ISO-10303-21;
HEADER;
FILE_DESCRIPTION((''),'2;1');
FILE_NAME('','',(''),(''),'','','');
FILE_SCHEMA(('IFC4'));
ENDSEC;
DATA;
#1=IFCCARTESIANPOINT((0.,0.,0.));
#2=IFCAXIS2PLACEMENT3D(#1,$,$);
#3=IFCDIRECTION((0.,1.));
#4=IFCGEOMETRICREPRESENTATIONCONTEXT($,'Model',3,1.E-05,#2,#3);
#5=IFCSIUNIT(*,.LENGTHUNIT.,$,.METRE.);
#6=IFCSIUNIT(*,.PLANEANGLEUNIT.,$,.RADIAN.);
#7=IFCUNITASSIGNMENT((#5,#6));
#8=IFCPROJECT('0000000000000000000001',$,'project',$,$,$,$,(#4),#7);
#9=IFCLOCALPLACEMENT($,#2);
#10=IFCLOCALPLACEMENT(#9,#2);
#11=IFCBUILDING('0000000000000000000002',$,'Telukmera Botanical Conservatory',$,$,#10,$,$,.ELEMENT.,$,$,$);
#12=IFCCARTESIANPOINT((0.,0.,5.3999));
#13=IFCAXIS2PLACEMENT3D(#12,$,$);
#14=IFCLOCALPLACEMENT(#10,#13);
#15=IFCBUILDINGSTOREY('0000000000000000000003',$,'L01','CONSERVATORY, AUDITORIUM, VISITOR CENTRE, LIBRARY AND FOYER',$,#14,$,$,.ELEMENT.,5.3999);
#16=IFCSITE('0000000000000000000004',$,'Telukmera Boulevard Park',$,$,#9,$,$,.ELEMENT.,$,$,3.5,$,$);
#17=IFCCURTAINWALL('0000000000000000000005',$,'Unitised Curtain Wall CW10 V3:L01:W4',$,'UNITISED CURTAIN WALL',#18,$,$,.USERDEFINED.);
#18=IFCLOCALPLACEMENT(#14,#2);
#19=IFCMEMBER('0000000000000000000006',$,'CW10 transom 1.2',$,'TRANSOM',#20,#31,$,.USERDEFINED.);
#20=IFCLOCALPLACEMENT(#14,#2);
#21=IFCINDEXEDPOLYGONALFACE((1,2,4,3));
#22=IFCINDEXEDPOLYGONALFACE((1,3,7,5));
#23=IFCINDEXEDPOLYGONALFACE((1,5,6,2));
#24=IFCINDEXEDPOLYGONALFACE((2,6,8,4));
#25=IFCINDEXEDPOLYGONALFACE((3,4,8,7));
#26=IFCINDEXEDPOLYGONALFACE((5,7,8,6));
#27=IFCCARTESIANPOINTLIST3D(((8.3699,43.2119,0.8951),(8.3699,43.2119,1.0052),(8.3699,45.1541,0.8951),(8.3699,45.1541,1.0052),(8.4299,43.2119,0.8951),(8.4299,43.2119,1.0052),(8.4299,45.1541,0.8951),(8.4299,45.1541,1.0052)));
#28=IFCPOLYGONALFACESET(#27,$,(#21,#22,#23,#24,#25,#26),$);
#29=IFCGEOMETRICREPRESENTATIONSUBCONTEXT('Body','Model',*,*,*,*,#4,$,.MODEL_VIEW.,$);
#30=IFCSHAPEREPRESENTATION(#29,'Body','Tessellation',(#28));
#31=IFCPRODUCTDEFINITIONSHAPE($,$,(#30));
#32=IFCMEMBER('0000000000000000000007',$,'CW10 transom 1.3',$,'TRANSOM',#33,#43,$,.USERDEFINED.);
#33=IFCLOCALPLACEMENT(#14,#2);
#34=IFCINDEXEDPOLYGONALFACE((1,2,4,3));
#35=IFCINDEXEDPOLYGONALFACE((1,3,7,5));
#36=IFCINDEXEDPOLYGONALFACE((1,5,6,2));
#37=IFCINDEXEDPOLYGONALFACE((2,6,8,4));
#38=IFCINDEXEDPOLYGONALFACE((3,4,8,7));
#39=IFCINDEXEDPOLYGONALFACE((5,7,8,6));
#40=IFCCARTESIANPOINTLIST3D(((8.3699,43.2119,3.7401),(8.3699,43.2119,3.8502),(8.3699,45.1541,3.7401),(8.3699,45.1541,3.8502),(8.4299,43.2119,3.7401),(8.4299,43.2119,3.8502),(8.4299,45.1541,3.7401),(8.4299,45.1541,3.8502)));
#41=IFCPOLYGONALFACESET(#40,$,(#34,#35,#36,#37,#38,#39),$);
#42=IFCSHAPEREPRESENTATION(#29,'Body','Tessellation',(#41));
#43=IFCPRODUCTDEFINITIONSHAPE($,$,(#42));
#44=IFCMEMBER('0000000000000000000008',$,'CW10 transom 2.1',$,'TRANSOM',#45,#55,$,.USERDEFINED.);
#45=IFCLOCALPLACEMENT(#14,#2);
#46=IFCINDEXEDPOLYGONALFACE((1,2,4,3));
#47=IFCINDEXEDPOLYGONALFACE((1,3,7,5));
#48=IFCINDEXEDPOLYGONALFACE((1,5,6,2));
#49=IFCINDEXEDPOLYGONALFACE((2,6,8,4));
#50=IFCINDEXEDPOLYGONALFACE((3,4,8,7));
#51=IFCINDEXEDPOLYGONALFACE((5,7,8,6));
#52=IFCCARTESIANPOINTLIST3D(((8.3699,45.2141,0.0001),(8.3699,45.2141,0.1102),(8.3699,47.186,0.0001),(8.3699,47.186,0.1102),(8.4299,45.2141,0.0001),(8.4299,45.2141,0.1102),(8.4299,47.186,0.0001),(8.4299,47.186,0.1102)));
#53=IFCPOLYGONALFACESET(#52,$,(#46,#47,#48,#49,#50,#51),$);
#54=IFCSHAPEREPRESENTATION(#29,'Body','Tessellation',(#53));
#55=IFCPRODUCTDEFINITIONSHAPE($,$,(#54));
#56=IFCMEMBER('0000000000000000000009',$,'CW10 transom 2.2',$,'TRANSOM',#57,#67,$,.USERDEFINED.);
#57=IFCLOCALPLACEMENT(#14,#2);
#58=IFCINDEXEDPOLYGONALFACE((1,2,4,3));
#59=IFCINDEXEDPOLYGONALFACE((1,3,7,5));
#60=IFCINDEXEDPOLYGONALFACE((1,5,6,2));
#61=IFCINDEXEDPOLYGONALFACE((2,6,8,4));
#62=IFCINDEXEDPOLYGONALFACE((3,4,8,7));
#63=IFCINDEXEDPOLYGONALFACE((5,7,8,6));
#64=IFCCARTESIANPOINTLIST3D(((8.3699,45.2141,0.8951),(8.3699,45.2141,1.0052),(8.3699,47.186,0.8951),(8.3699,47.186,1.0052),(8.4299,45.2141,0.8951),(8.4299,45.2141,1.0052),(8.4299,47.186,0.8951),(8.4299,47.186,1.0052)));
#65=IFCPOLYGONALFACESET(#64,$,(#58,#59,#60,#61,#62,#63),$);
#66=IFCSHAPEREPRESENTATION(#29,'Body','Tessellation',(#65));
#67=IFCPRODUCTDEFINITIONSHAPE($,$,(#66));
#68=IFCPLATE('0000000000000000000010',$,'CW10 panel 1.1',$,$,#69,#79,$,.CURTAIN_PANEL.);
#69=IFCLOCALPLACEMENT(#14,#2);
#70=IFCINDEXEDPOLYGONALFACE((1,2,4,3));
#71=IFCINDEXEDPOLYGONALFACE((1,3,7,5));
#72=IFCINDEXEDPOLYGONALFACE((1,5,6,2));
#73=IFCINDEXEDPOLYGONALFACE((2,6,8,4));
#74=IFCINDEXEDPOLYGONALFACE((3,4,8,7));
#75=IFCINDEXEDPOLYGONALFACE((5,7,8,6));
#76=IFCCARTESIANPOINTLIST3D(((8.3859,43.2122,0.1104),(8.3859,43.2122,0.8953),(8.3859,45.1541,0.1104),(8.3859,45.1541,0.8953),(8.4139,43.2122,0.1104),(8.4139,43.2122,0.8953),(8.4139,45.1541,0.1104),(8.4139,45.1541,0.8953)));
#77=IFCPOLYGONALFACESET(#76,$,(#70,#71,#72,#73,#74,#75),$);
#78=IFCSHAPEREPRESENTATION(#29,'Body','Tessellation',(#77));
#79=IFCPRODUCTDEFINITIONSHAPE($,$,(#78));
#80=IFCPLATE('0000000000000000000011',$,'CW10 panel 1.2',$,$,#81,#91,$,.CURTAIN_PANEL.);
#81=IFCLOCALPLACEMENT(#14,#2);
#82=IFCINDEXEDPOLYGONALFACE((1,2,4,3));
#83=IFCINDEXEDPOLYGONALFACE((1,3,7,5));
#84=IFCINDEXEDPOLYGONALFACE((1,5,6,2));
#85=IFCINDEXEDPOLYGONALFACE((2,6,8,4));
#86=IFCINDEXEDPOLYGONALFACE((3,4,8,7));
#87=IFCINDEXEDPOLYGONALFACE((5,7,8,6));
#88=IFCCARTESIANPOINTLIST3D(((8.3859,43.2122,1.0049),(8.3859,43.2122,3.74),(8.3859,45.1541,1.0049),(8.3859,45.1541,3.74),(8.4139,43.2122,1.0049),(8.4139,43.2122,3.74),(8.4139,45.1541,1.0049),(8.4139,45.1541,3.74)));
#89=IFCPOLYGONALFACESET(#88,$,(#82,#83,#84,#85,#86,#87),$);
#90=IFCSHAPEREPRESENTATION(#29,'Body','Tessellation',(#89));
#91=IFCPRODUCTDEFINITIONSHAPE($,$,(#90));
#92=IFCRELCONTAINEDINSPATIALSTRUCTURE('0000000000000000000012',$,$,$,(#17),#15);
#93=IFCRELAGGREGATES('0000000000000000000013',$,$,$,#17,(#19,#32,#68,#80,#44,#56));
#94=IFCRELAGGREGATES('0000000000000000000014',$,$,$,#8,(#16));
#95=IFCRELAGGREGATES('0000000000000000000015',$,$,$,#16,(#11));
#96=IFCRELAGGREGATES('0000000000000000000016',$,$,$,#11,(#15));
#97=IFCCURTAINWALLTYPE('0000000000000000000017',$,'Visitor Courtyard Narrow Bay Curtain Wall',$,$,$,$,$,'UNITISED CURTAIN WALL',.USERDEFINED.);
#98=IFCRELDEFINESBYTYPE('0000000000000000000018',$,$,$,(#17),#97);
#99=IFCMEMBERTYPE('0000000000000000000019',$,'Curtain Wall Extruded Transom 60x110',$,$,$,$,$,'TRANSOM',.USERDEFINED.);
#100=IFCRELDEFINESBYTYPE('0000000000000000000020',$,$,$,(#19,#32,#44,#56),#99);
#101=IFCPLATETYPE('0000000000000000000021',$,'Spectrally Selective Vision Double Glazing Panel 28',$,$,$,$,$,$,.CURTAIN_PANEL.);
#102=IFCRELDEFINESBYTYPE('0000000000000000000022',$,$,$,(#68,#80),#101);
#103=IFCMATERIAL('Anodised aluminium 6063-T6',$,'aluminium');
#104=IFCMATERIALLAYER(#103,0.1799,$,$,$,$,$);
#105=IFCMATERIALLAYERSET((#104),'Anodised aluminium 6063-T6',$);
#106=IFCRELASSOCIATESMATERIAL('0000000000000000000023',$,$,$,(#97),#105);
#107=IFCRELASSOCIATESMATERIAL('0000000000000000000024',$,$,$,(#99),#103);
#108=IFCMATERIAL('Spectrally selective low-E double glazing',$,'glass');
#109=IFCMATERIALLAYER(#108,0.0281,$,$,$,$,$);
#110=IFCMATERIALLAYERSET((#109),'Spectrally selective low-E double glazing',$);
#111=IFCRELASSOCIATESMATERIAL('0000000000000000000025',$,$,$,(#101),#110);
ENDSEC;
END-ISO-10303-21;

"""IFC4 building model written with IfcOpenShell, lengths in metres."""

from ifc_helpers import new_model, si_unit, direction, frame, origin, origin_2d, place, context, subcontext, project, spatial, rectangle, extrude, material, layer, layer_set, material_profile, profile_set, type_object, element, aggregate, save


model = new_model("IFC4")

# Units and contexts
model_context = context("Model", 3, precision=1e-05, world=origin(), true_north=direction((0.0, 1.0)))
body_context = subcontext(model_context, "Body", "Model", "MODEL_VIEW")
ifc_project = project(units=[si_unit("LENGTHUNIT", "METRE"), si_unit("PLANEANGLEUNIT", "RADIAN")], contexts=[model_context])

# Site, building, storey
site_placement = place(None, origin())
site = spatial("IfcSite", under=ifc_project, at=site_placement, Name="Telukmera Boulevard Park", CompositionType="ELEMENT", RefElevation=3.5)
building_placement = place(site_placement, origin())
building = spatial("IfcBuilding", under=site, at=building_placement, Name="Telukmera Botanical Conservatory", CompositionType="ELEMENT")
storey_placement = place(building_placement, frame((0.0, 0.0, 5.3999)))
storey = spatial("IfcBuildingStorey", under=building, at=storey_placement, Name="L01", Description="CONSERVATORY, AUDITORIUM, VISITOR CENTRE, LIBRARY AND FOYER", CompositionType="ELEMENT", Elevation=5.3999)

# Curtain wall
ifc_material_1 = material(Name="Anodised aluminium 6063-T6", Category="aluminium")
ifc_layer_1 = layer(ifc_material_1, 0.1799)
ifc_layer_set_1 = layer_set([ifc_layer_1], Name="Anodised aluminium 6063-T6")
curtain_wall_type_1 = type_object("IfcCurtainWallType", Name="Visitor Courtyard Narrow Bay Curtain Wall", ElementType="UNITISED CURTAIN WALL", PredefinedType="USERDEFINED", material=ifc_layer_set_1)
curtain_wall_1_placement = place(storey_placement, origin())
curtain_wall_1 = element("IfcCurtainWall", 1, at=curtain_wall_1_placement, inside=storey, type_object=curtain_wall_type_1, Name="Unitised Curtain Wall CW10 V3:L01:W4", ObjectType="UNITISED CURTAIN WALL", PredefinedType="USERDEFINED")

# Members
ifc_material_profile_1 = material_profile(ifc_material_1, rectangle(XDim=0.0601, YDim=0.1101, at=origin_2d()), Name="ALU TRAN 60x110")
ifc_profile_set_1 = profile_set([ifc_material_profile_1], Name="Anodised aluminium 6063-T6")
member_type_1 = type_object("IfcMemberType", Name="Curtain Wall Extruded Transom 60x110", ElementType="TRANSOM", PredefinedType="USERDEFINED", material=ifc_profile_set_1)
member_1_placement = place(storey_placement, frame((8.3999, 43.2119, 0.9502), z_axis=(0.0, 1.0, 0.0), x_axis=(-1.0, 0.0, 0.0)))
member_1 = element("IfcMember", 2, at=member_1_placement, type_object=member_type_1, Name="CW10 transom 1.2", ObjectType="TRANSOM", PredefinedType="USERDEFINED", context=body_context, shape_type="SweptSolid", body=[
    extrude(rectangle(XDim=0.0601, YDim=0.1101, at=origin_2d()), origin(), (0.0, 0.0, 1.0), 1.9421),
])
member_2_placement = place(storey_placement, frame((8.3999, 43.2119, 3.7952), z_axis=(0.0, 1.0, 0.0), x_axis=(-1.0, 0.0, 0.0)))
member_2 = element("IfcMember", 3, at=member_2_placement, type_object=member_type_1, Name="CW10 transom 1.3", ObjectType="TRANSOM", PredefinedType="USERDEFINED", context=body_context, shape_type="SweptSolid", body=[
    extrude(rectangle(XDim=0.0601, YDim=0.1101, at=origin_2d()), origin(), (0.0, 0.0, 1.0), 1.9421),
])
member_3_placement = place(storey_placement, frame((8.3999, 45.2141, 0.0552), z_axis=(0.0, 1.0, 0.0), x_axis=(-1.0, 0.0, 0.0)))
member_3 = element("IfcMember", 4, at=member_3_placement, type_object=member_type_1, Name="CW10 transom 2.1", ObjectType="TRANSOM", PredefinedType="USERDEFINED", context=body_context, shape_type="SweptSolid", body=[
    extrude(rectangle(XDim=0.0601, YDim=0.1101, at=origin_2d()), origin(), (0.0, 0.0, 1.0), 1.9719),
])
member_4_placement = place(storey_placement, frame((8.3999, 45.2141, 0.9502), z_axis=(0.0, 1.0, 0.0), x_axis=(-1.0, 0.0, 0.0)))
member_4 = element("IfcMember", 5, at=member_4_placement, type_object=member_type_1, Name="CW10 transom 2.2", ObjectType="TRANSOM", PredefinedType="USERDEFINED", context=body_context, shape_type="SweptSolid", body=[
    extrude(rectangle(XDim=0.0601, YDim=0.1101, at=origin_2d()), origin(), (0.0, 0.0, 1.0), 1.9719),
])

# Plates
ifc_material_2 = material(Name="Spectrally selective low-E double glazing", Category="glass")
ifc_layer_2 = layer(ifc_material_2, 0.0281)
ifc_layer_set_2 = layer_set([ifc_layer_2], Name="Spectrally selective low-E double glazing")
plate_type = type_object("IfcPlateType", Name="Spectrally Selective Vision Double Glazing Panel 28", PredefinedType="CURTAIN_PANEL", material=ifc_layer_set_2)
plate_1_placement = place(storey_placement, frame((8.3999, 44.1831, 0.1104), z_axis=(0.0, 0.0, 1.0), x_axis=(0.0, 1.0, 0.0)))
plate_1 = element("IfcPlate", 6, at=plate_1_placement, type_object=plate_type, Name="CW10 panel 1.1", PredefinedType="CURTAIN_PANEL", context=body_context, shape_type="SweptSolid", body=[
    extrude(rectangle(XDim=1.9419, YDim=0.0281, at=origin_2d()), origin(), (0.0, 0.0, 1.0), 0.7849),
])
plate_2_placement = place(storey_placement, frame((8.3999, 44.1831, 1.0049), z_axis=(0.0, 0.0, 1.0), x_axis=(0.0, 1.0, 0.0)))
plate_2 = element("IfcPlate", 7, at=plate_2_placement, type_object=plate_type, Name="CW10 panel 1.2", PredefinedType="CURTAIN_PANEL", context=body_context, shape_type="SweptSolid", body=[
    extrude(rectangle(XDim=1.9419, YDim=0.0281, at=origin_2d()), origin(), (0.0, 0.0, 1.0), 2.7351),
])
aggregate(curtain_wall_1, [member_1, member_2, plate_1, plate_2, member_3, member_4])

save(model, "model.ifc")
